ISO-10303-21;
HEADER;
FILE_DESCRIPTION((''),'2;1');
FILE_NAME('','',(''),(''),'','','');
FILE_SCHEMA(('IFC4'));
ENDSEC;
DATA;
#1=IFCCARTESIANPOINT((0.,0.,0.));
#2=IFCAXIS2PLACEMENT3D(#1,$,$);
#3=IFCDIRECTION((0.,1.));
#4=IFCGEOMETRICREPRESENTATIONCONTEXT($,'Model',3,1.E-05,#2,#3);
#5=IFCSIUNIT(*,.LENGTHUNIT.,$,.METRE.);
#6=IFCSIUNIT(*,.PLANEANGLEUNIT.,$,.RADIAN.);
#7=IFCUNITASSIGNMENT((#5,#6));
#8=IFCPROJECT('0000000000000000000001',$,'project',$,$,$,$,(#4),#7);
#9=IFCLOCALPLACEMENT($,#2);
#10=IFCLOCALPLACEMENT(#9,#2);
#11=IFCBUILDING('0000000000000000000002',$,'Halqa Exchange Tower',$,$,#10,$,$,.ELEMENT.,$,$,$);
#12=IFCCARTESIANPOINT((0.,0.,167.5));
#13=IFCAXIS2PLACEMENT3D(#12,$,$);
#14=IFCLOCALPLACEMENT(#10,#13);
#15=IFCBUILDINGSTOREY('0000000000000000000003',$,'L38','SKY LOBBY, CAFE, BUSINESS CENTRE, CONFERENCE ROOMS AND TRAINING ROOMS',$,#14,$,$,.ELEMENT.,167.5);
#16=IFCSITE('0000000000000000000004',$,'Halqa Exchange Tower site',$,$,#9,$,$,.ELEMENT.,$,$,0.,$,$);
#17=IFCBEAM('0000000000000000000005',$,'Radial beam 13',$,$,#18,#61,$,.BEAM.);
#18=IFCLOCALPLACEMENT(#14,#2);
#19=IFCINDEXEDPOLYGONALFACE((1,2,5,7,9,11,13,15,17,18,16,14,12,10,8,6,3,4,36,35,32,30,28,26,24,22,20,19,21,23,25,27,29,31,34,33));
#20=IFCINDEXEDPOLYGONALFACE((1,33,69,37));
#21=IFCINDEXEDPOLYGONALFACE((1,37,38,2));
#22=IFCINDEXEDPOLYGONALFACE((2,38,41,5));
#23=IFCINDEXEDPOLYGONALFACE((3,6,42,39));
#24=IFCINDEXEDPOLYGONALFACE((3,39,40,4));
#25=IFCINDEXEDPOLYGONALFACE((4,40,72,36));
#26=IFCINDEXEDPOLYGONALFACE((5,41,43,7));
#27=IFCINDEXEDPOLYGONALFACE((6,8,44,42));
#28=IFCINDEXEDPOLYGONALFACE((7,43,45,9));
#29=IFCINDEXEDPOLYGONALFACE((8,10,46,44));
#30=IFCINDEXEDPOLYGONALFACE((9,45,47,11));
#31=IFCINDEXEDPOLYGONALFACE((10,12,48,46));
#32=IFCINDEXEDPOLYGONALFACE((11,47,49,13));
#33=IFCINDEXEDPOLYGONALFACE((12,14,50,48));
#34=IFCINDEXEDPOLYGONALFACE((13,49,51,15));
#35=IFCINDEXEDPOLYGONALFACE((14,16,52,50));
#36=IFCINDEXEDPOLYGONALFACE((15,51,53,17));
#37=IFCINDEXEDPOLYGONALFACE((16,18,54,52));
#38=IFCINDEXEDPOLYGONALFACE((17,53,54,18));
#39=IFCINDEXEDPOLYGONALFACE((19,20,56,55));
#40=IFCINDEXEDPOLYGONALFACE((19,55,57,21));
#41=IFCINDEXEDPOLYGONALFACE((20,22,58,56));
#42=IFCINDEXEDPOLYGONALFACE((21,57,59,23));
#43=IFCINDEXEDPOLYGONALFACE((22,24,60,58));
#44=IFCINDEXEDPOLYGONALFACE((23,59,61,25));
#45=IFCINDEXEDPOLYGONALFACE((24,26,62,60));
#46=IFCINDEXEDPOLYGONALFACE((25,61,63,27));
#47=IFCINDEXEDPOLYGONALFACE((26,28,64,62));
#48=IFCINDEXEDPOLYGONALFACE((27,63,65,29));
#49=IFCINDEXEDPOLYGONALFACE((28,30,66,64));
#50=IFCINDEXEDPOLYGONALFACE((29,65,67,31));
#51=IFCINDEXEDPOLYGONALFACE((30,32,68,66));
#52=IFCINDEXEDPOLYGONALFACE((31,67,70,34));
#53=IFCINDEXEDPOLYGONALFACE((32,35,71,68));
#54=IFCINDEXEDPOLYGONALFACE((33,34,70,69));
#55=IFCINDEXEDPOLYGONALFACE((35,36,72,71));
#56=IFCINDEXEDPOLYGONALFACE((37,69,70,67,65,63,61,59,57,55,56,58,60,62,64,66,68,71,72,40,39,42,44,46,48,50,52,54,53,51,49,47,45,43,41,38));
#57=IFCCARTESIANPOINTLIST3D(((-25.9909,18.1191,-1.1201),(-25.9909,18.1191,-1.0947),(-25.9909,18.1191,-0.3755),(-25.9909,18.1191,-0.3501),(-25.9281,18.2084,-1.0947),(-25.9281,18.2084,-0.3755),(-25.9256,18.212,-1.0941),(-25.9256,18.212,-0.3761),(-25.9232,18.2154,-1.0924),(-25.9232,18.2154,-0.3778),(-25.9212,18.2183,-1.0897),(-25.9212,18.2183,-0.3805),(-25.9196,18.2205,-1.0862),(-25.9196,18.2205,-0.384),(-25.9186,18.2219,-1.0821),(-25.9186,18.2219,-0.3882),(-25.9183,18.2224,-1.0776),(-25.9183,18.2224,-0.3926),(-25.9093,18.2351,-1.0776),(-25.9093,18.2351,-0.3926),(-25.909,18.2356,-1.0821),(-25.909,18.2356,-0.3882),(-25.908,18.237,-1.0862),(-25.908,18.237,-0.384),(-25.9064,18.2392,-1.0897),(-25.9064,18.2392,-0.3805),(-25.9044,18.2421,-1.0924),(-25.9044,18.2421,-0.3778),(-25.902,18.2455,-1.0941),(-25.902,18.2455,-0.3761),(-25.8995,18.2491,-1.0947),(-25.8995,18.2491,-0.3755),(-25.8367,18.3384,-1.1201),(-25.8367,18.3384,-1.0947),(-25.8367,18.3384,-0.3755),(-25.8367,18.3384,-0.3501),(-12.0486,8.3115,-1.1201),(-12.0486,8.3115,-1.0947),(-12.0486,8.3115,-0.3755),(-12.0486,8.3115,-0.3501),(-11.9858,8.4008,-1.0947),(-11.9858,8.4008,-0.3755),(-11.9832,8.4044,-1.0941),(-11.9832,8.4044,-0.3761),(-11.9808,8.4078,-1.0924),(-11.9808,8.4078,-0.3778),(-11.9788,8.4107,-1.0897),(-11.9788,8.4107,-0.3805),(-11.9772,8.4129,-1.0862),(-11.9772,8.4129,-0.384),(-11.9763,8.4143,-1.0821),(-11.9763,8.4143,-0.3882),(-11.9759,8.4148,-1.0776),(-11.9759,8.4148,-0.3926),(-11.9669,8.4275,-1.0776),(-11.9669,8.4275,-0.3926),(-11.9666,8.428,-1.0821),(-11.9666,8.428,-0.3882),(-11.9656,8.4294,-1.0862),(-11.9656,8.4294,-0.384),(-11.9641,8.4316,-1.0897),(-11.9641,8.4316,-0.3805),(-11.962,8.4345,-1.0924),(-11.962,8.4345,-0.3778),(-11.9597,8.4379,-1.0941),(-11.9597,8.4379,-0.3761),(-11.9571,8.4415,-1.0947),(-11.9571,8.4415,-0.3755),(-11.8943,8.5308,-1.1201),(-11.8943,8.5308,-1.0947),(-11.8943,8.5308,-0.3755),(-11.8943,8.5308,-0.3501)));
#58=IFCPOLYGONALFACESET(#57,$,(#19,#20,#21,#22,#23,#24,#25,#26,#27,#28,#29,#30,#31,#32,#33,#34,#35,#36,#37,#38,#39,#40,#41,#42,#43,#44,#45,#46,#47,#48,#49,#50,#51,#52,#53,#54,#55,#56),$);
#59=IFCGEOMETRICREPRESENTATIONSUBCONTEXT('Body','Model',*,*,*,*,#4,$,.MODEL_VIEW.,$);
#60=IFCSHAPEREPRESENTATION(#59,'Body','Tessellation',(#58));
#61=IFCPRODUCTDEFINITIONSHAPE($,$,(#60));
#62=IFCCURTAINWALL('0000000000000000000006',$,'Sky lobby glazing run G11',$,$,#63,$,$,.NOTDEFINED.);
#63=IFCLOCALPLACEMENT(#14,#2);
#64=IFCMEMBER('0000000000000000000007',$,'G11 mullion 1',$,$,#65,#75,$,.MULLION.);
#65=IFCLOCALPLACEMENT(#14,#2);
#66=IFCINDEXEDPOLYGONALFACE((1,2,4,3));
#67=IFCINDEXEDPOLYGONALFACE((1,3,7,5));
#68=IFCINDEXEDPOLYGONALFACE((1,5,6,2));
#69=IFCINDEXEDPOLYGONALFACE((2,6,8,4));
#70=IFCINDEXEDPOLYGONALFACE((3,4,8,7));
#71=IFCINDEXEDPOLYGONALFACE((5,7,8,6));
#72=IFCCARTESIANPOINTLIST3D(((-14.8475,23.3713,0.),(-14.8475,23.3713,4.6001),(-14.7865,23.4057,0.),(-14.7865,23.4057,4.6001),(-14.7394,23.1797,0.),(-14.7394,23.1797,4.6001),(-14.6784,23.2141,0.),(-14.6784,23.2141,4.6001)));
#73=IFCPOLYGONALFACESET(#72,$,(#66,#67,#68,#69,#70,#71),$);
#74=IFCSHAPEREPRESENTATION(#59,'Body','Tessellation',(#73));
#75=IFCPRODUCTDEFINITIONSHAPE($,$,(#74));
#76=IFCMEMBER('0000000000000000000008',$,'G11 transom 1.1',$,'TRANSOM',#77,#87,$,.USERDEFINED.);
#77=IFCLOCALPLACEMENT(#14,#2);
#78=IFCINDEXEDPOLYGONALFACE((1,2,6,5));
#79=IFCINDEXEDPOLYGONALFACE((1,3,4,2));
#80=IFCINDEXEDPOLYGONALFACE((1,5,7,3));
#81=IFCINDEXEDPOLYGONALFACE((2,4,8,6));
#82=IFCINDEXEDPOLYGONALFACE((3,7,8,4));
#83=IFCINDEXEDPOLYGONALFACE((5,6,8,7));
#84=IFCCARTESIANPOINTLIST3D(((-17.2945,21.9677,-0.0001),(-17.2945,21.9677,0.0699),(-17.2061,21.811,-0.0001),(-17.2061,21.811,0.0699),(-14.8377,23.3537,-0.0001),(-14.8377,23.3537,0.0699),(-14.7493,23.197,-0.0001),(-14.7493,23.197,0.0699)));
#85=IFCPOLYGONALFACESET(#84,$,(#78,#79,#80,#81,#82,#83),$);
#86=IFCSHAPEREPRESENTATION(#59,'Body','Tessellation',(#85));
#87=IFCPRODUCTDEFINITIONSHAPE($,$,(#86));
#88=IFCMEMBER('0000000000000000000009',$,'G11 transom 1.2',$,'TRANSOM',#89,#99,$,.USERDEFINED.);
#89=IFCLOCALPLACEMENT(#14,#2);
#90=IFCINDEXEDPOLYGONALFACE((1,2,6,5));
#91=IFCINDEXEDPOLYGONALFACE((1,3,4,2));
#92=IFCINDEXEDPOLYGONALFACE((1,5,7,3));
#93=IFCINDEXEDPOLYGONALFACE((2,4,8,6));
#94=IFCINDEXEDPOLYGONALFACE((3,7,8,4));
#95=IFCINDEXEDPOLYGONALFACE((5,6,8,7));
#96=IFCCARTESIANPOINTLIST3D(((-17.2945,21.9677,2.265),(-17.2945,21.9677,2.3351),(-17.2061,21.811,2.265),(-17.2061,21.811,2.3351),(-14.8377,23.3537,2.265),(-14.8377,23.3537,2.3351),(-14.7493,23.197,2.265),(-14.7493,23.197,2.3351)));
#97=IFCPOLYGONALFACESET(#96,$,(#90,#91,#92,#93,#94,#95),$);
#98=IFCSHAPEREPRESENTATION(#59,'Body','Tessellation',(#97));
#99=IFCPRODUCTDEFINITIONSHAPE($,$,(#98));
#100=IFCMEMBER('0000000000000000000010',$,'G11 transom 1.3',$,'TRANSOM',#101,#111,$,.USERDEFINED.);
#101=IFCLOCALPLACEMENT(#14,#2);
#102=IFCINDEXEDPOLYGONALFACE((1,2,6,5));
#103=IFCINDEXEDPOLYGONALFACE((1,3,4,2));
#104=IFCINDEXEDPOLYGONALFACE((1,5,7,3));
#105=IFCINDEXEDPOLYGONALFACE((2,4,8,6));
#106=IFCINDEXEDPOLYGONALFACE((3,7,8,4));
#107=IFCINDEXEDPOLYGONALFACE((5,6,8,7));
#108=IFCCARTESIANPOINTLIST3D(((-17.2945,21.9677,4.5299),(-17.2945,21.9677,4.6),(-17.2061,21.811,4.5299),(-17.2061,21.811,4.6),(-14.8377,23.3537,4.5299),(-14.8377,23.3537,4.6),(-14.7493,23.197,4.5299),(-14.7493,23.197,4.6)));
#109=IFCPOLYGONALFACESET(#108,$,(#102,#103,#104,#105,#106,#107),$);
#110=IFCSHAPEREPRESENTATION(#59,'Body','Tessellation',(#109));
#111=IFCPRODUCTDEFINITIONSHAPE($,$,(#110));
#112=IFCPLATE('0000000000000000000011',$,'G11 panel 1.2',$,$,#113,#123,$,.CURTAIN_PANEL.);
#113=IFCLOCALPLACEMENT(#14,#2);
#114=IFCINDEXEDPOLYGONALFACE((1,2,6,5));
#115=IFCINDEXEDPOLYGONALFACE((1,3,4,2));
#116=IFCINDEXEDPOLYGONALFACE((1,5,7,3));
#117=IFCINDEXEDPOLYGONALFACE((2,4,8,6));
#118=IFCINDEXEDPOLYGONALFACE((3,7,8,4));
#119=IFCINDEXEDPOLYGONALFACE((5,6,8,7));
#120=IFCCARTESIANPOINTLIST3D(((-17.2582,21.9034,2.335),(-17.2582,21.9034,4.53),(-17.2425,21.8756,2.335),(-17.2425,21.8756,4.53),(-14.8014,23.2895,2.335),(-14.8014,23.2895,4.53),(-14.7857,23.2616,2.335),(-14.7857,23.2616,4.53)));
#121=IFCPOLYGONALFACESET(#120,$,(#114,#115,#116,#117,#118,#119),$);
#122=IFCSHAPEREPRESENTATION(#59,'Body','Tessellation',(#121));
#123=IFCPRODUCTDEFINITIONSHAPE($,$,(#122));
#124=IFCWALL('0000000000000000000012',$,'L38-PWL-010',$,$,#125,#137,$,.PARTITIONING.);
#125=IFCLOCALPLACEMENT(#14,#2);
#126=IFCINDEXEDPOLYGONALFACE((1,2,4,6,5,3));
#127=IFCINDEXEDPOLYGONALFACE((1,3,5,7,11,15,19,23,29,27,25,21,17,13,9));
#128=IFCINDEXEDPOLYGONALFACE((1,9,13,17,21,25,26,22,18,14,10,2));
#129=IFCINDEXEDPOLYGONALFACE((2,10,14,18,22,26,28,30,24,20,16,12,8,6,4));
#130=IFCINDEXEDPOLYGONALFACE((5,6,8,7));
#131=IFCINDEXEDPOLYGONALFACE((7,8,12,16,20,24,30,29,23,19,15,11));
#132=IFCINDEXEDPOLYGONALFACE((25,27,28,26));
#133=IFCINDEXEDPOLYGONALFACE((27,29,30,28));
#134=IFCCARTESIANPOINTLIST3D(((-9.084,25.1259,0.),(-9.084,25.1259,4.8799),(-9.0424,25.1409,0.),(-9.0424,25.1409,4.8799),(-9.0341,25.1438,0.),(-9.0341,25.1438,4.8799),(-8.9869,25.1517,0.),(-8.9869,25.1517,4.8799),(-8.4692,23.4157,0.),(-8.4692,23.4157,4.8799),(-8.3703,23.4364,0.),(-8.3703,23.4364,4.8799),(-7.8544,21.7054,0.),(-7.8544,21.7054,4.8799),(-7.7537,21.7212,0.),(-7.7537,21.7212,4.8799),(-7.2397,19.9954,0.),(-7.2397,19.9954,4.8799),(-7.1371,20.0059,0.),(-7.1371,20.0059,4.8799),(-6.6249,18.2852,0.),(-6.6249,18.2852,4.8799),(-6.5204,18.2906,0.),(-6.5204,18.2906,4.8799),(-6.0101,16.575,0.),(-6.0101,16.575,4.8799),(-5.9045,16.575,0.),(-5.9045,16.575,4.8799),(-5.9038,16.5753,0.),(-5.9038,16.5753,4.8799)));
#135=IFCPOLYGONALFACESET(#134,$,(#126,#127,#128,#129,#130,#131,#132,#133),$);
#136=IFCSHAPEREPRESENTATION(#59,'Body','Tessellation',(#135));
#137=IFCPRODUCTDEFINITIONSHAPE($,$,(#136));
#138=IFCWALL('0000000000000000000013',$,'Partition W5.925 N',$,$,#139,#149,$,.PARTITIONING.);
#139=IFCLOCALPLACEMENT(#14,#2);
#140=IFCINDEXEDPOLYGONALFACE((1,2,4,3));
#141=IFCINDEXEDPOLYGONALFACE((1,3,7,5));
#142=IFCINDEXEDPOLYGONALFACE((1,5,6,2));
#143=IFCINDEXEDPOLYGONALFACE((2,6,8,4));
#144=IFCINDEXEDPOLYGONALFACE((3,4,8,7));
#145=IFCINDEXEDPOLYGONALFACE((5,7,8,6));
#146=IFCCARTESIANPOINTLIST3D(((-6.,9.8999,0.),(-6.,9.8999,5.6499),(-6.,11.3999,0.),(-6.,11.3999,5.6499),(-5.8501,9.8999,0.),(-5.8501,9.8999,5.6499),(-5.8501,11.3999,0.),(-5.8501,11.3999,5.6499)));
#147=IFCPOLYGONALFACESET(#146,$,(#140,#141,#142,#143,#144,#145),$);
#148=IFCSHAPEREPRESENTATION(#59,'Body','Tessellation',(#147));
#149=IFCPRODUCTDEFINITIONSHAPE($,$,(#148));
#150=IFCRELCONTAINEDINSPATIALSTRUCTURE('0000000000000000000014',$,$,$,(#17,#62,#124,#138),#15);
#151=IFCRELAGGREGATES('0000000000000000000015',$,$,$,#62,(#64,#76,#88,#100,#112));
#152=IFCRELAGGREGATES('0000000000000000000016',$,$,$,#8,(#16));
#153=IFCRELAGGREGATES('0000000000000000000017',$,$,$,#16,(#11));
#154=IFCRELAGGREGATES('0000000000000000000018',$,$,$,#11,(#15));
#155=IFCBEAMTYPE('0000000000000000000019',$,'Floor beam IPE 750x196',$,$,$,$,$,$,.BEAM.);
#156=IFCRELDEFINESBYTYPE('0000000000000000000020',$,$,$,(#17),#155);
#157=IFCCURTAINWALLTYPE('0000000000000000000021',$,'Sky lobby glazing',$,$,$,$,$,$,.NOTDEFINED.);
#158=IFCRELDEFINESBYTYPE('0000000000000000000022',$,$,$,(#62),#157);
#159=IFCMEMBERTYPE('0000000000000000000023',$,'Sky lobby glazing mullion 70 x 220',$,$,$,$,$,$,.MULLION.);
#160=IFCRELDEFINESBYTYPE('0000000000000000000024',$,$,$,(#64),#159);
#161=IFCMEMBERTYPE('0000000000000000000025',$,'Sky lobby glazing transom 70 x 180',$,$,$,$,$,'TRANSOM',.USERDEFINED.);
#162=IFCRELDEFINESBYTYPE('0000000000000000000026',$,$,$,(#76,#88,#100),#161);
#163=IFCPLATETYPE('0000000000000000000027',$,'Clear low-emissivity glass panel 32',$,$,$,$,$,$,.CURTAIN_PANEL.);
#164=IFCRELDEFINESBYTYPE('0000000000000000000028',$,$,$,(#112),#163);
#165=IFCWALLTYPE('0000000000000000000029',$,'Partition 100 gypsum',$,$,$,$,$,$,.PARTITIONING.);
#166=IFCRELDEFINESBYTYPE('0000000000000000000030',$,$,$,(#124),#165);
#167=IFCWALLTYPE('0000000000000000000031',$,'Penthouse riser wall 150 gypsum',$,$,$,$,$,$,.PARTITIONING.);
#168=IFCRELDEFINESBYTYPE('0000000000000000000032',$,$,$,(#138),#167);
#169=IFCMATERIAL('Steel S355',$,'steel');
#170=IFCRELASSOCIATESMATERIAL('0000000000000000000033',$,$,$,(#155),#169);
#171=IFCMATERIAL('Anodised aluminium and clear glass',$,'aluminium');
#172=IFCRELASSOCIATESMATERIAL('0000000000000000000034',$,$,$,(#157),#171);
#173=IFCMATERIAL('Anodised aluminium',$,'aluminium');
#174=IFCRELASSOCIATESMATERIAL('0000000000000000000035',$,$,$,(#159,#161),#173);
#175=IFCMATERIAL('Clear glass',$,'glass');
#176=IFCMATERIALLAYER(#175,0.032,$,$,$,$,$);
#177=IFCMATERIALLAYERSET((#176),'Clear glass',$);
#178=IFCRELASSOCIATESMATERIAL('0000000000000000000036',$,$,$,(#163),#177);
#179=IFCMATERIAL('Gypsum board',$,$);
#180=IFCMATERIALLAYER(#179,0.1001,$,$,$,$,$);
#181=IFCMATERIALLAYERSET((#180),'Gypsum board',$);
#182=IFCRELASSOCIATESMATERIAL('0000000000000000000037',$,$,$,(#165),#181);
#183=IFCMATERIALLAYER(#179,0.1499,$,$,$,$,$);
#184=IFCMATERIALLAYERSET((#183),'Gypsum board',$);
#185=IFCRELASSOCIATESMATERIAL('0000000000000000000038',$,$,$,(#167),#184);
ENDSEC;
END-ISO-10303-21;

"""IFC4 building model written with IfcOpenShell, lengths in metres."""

from ifc_helpers import new_model, si_unit, direction, frame, frame_2d, origin, origin_2d, place, context, subcontext, project, spatial, polyline, rectangle, i_section, outline, extrude, material, layer, layer_set, material_profile, profile_set, type_object, element, aggregate, save


model = new_model("IFC4")

# Units and contexts
model_context = context("Model", 3, precision=1e-05, world=origin(), true_north=direction((0.0, 1.0)))
body_context = subcontext(model_context, "Body", "Model", "MODEL_VIEW")
ifc_project = project(units=[si_unit("LENGTHUNIT", "METRE"), si_unit("PLANEANGLEUNIT", "RADIAN")], contexts=[model_context])

# Site, building, storey
site_placement = place(None, origin())
site = spatial("IfcSite", under=ifc_project, at=site_placement, Name="Halqa Exchange Tower site", CompositionType="ELEMENT", RefElevation=0.0)
building_placement = place(site_placement, origin())
building = spatial("IfcBuilding", under=site, at=building_placement, Name="Halqa Exchange Tower", CompositionType="ELEMENT")
storey_placement = place(building_placement, frame((0.0, 0.0, 167.5)))
storey = spatial("IfcBuildingStorey", under=building, at=storey_placement, Name="L38", Description="SKY LOBBY, CAFE, BUSINESS CENTRE, CONFERENCE ROOMS AND TRAINING ROOMS", CompositionType="ELEMENT", Elevation=167.5)

# Beam
ifc_material_1 = material(Name="Steel S355", Category="steel")
ifc_material_profile_1 = material_profile(ifc_material_1, i_section(OverallWidth=0.2681, OverallDepth=0.77, WebThickness=0.0156, FlangeThickness=0.0254, FilletRadius=0.0171, at=origin_2d()), Name="IPE 750x196")
ifc_profile_set_1 = profile_set([ifc_material_profile_1], Name="Steel S355")
beam_type_1 = type_object("IfcBeamType", Name="Floor beam IPE 750x196", PredefinedType="BEAM", material=ifc_profile_set_1)
beam_1_placement = place(storey_placement, frame((-11.9714, 8.4211, -0.7351), z_axis=(-0.817908, 0.575349, 0.0), x_axis=(-0.575349, -0.817908, 0.0)))
element("IfcBeam", 1, at=beam_1_placement, inside=storey, type_object=beam_type_1, Name="Radial beam 13", PredefinedType="BEAM", context=body_context, shape_type="SweptSolid", body=[
    extrude(i_section(OverallWidth=0.2681, OverallDepth=0.77, WebThickness=0.0156, FlangeThickness=0.0254, FilletRadius=0.0171, at=origin_2d()), origin(), (0.0, 0.0, 1.0), 17.0464),
])

# Curtain wall, members, plate
ifc_material_2 = material(Name="Anodised aluminium and clear glass", Category="aluminium")
curtain_wall_type = type_object("IfcCurtainWallType", Name="Sky lobby glazing", PredefinedType="NOTDEFINED", material=ifc_material_2)
curtain_wall_placement = place(storey_placement, origin())
curtain_wall = element("IfcCurtainWall", 2, at=curtain_wall_placement, inside=storey, type_object=curtain_wall_type, Name="Sky lobby glazing run G11", PredefinedType="NOTDEFINED")
ifc_material_3 = material(Name="Anodised aluminium", Category="aluminium")
ifc_material_profile_2 = material_profile(ifc_material_3, rectangle(XDim=0.22, YDim=0.0701, at=origin_2d()), Name="AL 70x220")
ifc_profile_set_2 = profile_set([ifc_material_profile_2], Name="Anodised aluminium")
member_type_1 = type_object("IfcMemberType", Name="Sky lobby glazing mullion 70 x 220", PredefinedType="MULLION", material=ifc_profile_set_2)
member_1_placement = place(storey_placement, frame((-14.7629, 23.2927, 0.0), z_axis=(0.0, 0.0, 1.0), x_axis=(0.491354, -0.87096, 0.0)))
member_1 = element("IfcMember", 3, at=member_1_placement, type_object=member_type_1, Name="G11 mullion 1", PredefinedType="MULLION", context=body_context, shape_type="SweptSolid", body=[
    extrude(rectangle(XDim=0.22, YDim=0.0701, at=origin_2d()), origin(), (0.0, 0.0, 1.0), 4.6001),
])
ifc_material_profile_3 = material_profile(ifc_material_3, rectangle(XDim=0.1799, YDim=0.0701, at=origin_2d()), Name="AL 70x180")
ifc_profile_set_3 = profile_set([ifc_material_profile_3], Name="Anodised aluminium")
member_type_2 = type_object("IfcMemberType", Name="Sky lobby glazing transom 70 x 180", ElementType="TRANSOM", PredefinedType="USERDEFINED", material=ifc_profile_set_3)
member_2_placement = place(storey_placement, frame((-14.7935, 23.2754, 0.0349), z_axis=(-0.870962, -0.49135, 0.0), x_axis=(0.49135, -0.870962, 0.0)))
member_2 = element("IfcMember", 4, at=member_2_placement, type_object=member_type_2, Name="G11 transom 1.1", ObjectType="TRANSOM", PredefinedType="USERDEFINED", context=body_context, shape_type="SweptSolid", body=[
    extrude(rectangle(XDim=0.1799, YDim=0.0701, at=origin_2d()), origin(), (0.0, 0.0, 1.0), 2.8208),
])
member_3_placement = place(storey_placement, frame((-14.7935, 23.2754, 2.3), z_axis=(-0.870962, -0.49135, 0.0), x_axis=(0.49135, -0.870962, 0.0)))
member_3 = element("IfcMember", 5, at=member_3_placement, type_object=member_type_2, Name="G11 transom 1.2", ObjectType="TRANSOM", PredefinedType="USERDEFINED", context=body_context, shape_type="SweptSolid", body=[
    extrude(rectangle(XDim=0.1799, YDim=0.0701, at=origin_2d()), origin(), (0.0, 0.0, 1.0), 2.8208),
])
member_4_placement = place(storey_placement, frame((-14.7935, 23.2754, 4.5649), z_axis=(-0.870962, -0.49135, 0.0), x_axis=(0.49135, -0.870962, 0.0)))
member_4 = element("IfcMember", 6, at=member_4_placement, type_object=member_type_2, Name="G11 transom 1.3", ObjectType="TRANSOM", PredefinedType="USERDEFINED", context=body_context, shape_type="SweptSolid", body=[
    extrude(rectangle(XDim=0.1799, YDim=0.0701, at=origin_2d()), origin(), (0.0, 0.0, 1.0), 2.8208),
])
ifc_material_4 = material(Name="Clear glass", Category="glass")
ifc_layer_1 = layer(ifc_material_4, 0.032)
ifc_layer_set_1 = layer_set([ifc_layer_1], Name="Clear glass")
plate_type = type_object("IfcPlateType", Name="Clear low-emissivity glass panel 32", PredefinedType="CURTAIN_PANEL", material=ifc_layer_set_1)
plate_placement = place(storey_placement, frame((-16.022, 22.5825, 2.335), z_axis=(0.0, 0.0, 1.0), x_axis=(-0.87096, -0.491354, 0.0)))
plate = element("IfcPlate", 7, at=plate_placement, type_object=plate_type, Name="G11 panel 1.2", PredefinedType="CURTAIN_PANEL", context=body_context, shape_type="SweptSolid", body=[
    extrude(rectangle(XDim=2.8208, YDim=0.032, at=origin_2d()), origin(), (0.0, 0.0, 1.0), 2.1951),
])
aggregate(curtain_wall, [member_1, member_2, member_3, member_4, plate])

# Walls
ifc_material_5 = material(Name="Gypsum board")
ifc_layer_2 = layer(ifc_material_5, 0.1001)
ifc_layer_set_2 = layer_set([ifc_layer_2], Name="Gypsum board")
wall_type_1 = type_object("IfcWallType", Name="Partition 100 gypsum", PredefinedType="PARTITIONING", material=ifc_layer_set_2)
wall_1_placement = place(storey_placement, frame((-5.9509, 16.5583, 0.0), z_axis=(0.0, 0.0, 1.0), x_axis=(-0.338285, 0.941044, 0.0)))
element("IfcWall", 8, at=wall_1_placement, inside=storey, type_object=wall_type_1, Name="L38-PWL-010", PredefinedType="PARTITIONING", context=body_context, shape_type="SweptSolid", body=[
    extrude(outline(polyline([(0.0, -0.05), (1.8228, -0.05), (3.6455, -0.05), (5.4683, -0.05), (7.291, -0.05), (9.1138, -0.05), (9.1223, -0.0029), (9.1223, 0.0059), (9.1223, 0.05), (7.3049, 0.05), (5.4875, 0.05), (3.6704, 0.05), (1.853, 0.05), (0.0356, 0.05), (0.0, -0.0493), (0.0, -0.05)])), origin(), (0.0, 0.0, 1.0), 4.8799),
])
ifc_layer_3 = layer(ifc_material_5, 0.1499)
ifc_layer_set_3 = layer_set([ifc_layer_3], Name="Gypsum board")
wall_type_2 = type_object("IfcWallType", Name="Penthouse riser wall 150 gypsum", PredefinedType="PARTITIONING", material=ifc_layer_set_3)
wall_2_placement = place(storey_placement, frame((-5.925, 9.8999, 0.0), z_axis=(0.0, 0.0, 1.0), x_axis=(0.0, 1.0, 0.0)))
element("IfcWall", 9, at=wall_2_placement, inside=storey, type_object=wall_type_2, Name="Partition W5.925 N", PredefinedType="PARTITIONING", context=body_context, shape_type="SweptSolid", body=[
    extrude(rectangle(XDim=1.5, YDim=0.1499, at=frame_2d((0.75, 0.0))), origin(), (0.0, 0.0, 1.0), 5.6499),
])

save(model, "model.ifc")
